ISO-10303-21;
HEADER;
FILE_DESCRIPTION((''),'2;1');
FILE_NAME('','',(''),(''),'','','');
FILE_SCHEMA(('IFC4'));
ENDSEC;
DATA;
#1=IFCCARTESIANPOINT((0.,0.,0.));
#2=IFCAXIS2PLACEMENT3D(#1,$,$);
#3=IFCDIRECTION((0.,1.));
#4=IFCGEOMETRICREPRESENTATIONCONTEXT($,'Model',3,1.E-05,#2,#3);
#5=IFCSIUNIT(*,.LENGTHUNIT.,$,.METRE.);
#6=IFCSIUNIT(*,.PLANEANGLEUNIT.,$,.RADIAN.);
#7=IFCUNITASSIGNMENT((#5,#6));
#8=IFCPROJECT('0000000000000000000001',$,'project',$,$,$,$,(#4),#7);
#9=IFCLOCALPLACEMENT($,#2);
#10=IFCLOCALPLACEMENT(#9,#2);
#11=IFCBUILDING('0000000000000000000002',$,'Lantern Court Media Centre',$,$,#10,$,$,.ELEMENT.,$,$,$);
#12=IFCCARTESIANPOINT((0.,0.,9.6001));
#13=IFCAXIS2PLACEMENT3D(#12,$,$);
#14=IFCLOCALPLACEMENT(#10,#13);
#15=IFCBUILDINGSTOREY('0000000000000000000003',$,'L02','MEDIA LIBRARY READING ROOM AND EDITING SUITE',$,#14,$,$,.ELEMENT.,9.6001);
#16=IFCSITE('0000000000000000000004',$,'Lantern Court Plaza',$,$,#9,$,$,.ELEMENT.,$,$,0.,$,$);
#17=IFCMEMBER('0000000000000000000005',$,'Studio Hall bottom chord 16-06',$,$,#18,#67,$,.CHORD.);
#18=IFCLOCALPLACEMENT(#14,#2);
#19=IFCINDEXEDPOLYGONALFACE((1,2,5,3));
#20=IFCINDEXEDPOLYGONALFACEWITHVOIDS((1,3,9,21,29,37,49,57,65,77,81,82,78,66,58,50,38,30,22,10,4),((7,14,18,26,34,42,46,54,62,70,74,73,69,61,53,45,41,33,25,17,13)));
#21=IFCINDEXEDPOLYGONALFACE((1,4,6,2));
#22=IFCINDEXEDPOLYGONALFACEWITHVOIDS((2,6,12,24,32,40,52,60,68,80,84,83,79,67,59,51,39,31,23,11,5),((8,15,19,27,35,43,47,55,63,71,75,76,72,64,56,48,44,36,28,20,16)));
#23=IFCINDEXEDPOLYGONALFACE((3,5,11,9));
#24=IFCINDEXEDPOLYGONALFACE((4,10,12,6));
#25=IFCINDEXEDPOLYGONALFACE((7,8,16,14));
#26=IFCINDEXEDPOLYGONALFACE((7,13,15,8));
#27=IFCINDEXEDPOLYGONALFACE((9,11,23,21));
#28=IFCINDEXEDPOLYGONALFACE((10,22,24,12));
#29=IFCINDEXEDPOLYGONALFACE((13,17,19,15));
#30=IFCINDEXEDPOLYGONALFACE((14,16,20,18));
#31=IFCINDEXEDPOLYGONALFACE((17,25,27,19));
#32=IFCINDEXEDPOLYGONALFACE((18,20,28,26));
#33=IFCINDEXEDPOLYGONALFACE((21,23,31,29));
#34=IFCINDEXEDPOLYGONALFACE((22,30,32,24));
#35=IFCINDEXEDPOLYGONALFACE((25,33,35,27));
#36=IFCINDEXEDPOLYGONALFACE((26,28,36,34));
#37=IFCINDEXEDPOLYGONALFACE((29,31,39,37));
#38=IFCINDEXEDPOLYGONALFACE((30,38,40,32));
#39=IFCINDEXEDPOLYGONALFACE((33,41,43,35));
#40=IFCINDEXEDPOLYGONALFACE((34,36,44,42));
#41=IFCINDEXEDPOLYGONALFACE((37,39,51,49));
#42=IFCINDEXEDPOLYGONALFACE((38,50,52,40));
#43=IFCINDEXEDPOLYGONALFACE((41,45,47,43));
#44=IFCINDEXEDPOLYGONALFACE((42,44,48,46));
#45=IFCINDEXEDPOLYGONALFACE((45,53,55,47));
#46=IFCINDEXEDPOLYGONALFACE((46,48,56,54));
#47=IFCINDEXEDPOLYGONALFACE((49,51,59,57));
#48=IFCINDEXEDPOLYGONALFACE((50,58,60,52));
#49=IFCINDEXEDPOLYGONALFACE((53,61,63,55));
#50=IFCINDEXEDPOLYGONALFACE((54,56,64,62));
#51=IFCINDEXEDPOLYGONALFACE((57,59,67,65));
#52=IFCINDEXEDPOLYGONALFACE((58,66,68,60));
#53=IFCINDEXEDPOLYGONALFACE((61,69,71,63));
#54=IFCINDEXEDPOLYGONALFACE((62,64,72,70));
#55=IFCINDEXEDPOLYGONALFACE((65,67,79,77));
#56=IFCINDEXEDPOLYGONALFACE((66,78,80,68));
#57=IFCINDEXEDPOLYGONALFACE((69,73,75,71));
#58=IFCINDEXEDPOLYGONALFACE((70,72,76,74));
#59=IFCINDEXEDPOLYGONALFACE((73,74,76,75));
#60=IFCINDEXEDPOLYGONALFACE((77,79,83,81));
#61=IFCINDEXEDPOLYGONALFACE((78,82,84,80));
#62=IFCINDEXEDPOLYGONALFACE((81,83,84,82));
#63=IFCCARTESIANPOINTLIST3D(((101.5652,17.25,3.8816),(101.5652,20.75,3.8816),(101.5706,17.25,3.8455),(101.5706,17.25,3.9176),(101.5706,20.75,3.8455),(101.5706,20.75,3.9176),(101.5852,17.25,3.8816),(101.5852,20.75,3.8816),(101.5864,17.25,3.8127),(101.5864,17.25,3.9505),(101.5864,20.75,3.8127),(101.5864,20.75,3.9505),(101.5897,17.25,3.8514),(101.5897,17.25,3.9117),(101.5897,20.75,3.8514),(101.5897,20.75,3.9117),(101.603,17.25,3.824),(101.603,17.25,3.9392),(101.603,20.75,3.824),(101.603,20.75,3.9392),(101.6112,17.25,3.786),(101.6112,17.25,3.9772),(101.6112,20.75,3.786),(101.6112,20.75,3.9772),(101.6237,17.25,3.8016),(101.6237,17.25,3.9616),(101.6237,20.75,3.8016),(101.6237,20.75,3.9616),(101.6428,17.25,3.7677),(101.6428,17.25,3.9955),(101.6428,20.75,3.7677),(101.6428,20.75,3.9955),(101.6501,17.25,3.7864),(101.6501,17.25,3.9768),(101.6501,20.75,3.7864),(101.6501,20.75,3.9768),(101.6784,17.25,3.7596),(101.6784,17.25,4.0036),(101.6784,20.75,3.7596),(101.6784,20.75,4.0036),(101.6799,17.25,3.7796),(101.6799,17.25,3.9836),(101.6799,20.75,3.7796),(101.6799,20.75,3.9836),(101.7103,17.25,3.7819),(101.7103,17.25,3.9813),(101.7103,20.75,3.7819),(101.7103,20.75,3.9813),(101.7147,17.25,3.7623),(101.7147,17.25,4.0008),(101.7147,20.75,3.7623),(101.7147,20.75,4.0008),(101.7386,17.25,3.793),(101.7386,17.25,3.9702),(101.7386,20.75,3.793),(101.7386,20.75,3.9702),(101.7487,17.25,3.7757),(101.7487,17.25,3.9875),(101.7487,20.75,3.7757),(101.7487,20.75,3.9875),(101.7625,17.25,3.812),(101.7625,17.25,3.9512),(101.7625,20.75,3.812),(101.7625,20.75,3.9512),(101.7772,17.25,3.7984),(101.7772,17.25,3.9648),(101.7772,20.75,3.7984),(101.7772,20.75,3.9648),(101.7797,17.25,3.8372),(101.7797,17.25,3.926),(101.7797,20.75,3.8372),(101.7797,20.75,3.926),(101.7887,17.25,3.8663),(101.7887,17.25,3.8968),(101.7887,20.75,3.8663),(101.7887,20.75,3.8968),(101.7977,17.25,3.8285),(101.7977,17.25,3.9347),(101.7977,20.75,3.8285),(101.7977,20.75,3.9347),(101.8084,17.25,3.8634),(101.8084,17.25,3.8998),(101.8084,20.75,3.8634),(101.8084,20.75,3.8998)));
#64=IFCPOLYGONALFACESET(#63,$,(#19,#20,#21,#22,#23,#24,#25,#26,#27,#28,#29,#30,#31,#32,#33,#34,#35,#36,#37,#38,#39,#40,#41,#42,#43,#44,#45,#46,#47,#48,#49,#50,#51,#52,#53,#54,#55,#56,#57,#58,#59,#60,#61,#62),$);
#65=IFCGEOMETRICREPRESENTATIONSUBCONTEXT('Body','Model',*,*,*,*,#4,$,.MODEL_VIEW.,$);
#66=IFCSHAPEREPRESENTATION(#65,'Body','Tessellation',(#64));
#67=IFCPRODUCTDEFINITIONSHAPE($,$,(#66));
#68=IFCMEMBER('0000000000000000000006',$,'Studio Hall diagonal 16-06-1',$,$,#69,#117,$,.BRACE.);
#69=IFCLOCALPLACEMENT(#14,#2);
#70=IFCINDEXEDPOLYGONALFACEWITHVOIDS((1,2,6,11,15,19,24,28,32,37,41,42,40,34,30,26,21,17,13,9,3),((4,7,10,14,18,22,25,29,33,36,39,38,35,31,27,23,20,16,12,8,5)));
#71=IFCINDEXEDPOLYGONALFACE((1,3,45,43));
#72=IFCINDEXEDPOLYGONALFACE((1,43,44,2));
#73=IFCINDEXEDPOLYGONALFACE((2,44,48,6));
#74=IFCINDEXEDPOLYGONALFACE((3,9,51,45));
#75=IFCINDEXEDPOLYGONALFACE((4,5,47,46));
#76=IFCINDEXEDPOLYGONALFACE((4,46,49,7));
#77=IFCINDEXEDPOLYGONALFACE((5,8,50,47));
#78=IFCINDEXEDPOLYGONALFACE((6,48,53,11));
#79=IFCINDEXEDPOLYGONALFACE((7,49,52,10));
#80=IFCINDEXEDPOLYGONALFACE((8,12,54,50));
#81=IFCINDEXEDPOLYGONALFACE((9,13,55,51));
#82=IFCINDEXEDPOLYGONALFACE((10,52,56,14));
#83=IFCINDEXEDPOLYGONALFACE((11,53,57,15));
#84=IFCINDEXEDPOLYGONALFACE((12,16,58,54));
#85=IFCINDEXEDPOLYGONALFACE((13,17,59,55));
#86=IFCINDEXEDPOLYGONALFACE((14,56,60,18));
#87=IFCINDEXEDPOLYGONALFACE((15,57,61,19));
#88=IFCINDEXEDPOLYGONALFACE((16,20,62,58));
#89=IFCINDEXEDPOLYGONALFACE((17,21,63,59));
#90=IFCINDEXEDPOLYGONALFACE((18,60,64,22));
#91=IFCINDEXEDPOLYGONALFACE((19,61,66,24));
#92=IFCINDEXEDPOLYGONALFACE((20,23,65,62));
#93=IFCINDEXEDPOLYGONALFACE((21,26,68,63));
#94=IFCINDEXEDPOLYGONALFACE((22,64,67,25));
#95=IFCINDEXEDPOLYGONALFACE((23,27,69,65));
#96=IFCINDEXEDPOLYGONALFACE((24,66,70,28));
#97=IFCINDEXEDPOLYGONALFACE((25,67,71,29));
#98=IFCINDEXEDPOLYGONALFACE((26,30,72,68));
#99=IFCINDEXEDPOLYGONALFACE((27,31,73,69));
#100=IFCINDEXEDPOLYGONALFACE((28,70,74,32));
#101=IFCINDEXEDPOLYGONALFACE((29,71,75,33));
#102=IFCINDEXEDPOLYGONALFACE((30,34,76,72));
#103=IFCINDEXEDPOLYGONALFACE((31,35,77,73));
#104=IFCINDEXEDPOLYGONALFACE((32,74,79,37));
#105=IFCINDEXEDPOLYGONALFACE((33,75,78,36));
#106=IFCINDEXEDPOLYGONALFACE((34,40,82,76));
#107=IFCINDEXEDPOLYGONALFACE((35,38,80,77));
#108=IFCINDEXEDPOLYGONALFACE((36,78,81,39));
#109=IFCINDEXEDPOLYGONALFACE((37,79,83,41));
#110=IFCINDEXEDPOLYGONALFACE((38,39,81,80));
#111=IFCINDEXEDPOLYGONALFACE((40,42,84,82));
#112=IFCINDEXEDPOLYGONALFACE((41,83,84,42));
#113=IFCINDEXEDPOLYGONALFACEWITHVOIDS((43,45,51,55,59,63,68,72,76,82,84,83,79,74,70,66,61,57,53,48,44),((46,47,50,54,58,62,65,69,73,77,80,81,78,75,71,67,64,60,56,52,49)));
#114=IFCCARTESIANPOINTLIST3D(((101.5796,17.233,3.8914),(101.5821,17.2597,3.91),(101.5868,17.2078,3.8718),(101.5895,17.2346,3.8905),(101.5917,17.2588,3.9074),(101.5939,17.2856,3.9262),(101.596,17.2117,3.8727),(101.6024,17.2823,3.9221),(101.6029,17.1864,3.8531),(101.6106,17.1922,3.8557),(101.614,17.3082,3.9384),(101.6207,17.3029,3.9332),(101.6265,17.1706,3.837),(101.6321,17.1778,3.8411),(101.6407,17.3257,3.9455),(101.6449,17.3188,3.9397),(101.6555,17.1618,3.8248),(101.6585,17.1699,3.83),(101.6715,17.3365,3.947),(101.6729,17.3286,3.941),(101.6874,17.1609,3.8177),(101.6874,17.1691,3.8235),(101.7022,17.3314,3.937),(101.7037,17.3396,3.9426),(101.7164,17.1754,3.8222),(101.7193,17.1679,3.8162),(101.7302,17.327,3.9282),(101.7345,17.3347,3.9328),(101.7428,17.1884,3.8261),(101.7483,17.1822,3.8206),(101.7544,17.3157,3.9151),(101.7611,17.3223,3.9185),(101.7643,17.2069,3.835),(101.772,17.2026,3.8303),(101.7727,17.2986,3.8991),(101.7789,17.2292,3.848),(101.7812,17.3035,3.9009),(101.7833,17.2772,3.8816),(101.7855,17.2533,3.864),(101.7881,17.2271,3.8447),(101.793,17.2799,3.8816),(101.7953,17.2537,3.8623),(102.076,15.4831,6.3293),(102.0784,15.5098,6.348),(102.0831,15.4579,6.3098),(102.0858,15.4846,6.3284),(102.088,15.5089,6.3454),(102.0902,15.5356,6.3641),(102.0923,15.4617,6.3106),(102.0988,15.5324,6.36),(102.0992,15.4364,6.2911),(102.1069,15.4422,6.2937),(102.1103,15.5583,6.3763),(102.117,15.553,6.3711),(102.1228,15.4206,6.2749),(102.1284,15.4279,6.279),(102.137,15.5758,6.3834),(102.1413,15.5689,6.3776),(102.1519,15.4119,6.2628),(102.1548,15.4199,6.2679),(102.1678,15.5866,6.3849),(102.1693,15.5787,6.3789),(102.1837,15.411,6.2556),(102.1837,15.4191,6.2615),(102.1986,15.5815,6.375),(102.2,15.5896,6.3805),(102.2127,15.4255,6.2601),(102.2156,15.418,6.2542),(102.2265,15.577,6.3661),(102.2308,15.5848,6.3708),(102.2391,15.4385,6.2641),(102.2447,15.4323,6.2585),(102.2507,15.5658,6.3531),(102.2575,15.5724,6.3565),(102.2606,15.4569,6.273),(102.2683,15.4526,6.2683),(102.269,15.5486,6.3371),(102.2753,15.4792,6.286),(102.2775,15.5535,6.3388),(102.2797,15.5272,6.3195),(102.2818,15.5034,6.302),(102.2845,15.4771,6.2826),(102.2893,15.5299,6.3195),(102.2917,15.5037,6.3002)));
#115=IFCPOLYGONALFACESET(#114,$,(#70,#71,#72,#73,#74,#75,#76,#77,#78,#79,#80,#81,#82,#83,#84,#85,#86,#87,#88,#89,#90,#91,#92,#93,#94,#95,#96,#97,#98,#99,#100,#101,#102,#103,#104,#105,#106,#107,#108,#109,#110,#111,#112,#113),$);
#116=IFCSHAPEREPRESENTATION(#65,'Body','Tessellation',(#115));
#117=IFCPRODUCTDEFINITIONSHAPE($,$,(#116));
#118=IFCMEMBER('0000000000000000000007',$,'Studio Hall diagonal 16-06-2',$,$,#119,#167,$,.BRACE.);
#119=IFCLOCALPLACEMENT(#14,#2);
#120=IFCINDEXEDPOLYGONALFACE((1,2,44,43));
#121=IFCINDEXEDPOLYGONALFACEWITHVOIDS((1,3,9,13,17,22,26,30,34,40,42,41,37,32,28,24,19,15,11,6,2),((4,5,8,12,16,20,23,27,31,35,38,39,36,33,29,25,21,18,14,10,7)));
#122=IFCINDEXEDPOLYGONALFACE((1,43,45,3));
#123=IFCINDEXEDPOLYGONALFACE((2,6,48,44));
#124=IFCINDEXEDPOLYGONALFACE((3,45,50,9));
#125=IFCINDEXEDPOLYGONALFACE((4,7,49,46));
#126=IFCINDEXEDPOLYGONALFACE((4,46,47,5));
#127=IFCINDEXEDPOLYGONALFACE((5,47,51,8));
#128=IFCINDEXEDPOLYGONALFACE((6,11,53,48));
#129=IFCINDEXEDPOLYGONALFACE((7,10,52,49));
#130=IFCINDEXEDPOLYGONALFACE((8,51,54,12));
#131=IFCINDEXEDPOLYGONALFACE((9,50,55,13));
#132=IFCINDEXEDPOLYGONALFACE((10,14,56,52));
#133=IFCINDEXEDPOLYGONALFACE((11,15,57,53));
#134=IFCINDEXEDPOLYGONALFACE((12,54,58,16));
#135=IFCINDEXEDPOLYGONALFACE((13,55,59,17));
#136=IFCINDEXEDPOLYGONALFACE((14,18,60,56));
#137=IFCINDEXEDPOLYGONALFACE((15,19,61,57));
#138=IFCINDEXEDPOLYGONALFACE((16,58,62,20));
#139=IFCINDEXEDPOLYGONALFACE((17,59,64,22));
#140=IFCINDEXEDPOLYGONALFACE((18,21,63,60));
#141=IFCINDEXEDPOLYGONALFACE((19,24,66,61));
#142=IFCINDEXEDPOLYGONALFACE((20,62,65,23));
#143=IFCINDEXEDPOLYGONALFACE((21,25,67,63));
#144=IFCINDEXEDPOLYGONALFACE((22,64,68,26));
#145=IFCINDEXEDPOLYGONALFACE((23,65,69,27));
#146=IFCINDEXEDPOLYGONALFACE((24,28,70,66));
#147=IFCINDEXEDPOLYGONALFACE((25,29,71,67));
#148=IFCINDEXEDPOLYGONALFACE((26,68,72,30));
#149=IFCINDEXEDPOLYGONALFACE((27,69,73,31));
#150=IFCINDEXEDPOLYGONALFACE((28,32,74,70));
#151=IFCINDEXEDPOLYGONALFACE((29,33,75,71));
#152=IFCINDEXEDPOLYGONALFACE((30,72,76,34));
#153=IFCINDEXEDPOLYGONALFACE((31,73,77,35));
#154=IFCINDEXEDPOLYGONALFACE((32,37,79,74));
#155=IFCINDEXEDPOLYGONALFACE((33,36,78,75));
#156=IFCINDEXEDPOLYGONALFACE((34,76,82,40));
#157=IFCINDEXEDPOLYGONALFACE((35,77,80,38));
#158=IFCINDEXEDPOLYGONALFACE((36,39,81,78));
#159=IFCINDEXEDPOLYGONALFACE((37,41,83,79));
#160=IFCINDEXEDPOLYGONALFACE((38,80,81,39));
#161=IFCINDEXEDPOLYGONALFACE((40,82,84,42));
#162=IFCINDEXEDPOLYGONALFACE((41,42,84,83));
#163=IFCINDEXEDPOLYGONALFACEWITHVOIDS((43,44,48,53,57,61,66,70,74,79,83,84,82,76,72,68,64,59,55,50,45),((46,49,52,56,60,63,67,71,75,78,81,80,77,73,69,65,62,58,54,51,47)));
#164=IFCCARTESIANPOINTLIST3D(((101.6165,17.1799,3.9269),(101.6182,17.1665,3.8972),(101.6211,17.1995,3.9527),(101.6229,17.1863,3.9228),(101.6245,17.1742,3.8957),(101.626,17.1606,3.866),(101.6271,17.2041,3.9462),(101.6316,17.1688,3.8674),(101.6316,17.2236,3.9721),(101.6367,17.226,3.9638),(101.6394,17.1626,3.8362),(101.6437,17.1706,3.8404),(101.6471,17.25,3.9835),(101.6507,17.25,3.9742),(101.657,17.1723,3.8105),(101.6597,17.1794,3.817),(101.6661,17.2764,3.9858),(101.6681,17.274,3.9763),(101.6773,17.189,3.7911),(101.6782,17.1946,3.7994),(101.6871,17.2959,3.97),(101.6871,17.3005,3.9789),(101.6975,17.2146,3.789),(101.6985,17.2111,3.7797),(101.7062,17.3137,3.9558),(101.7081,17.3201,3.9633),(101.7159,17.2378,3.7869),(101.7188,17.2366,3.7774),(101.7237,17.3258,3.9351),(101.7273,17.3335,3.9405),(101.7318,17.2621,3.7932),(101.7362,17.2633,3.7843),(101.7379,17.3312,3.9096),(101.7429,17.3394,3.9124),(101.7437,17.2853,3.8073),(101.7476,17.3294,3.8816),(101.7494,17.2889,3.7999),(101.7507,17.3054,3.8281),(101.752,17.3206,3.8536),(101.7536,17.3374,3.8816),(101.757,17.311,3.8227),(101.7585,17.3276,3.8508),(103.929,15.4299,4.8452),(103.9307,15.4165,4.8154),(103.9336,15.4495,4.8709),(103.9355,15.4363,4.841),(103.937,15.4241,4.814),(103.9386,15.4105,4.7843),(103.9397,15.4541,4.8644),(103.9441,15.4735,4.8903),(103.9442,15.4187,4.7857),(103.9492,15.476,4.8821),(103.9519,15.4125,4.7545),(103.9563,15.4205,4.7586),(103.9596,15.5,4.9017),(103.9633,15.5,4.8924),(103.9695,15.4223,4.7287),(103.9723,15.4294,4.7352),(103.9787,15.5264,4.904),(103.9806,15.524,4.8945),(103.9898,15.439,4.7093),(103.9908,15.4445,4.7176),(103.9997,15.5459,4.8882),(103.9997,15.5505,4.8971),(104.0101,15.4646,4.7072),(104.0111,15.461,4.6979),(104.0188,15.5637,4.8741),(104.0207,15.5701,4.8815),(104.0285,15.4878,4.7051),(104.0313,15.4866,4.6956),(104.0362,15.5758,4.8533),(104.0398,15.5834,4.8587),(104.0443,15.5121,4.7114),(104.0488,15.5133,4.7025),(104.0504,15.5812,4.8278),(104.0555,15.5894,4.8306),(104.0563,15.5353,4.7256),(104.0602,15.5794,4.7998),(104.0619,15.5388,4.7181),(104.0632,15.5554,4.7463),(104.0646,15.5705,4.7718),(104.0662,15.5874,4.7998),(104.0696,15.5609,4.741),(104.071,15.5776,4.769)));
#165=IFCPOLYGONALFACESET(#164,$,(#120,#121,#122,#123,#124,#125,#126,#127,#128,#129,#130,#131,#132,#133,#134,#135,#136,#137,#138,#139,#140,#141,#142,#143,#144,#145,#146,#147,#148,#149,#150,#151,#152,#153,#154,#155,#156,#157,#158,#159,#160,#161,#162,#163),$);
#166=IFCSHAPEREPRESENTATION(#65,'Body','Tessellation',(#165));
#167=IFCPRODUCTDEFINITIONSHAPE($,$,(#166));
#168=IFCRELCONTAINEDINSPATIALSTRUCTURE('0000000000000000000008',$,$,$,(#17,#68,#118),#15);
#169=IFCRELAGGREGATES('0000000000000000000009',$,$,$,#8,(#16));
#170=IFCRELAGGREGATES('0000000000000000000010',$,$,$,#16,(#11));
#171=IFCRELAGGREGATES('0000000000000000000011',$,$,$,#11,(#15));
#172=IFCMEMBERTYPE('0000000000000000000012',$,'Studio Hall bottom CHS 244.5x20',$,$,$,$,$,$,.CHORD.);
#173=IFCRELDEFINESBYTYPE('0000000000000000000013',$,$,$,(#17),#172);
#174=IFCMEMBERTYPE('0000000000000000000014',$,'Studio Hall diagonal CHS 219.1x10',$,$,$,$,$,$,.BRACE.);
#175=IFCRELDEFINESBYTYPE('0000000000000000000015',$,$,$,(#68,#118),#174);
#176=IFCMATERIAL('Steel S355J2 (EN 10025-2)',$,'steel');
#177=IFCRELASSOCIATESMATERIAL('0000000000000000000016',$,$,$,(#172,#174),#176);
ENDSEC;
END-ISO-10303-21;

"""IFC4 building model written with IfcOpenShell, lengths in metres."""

from ifc_helpers import new_model, si_unit, direction, frame, origin, origin_2d, place, context, subcontext, project, spatial, hollow_circle, extrude, material, material_profile, profile_set, type_object, element, save


model = new_model("IFC4")

# Units and contexts
model_context = context("Model", 3, precision=1e-05, world=origin(), true_north=direction((0.0, 1.0)))
body_context = subcontext(model_context, "Body", "Model", "MODEL_VIEW")
ifc_project = project(units=[si_unit("LENGTHUNIT", "METRE"), si_unit("PLANEANGLEUNIT", "RADIAN")], contexts=[model_context])

# Site, building, storey
site_placement = place(None, origin())
site = spatial("IfcSite", under=ifc_project, at=site_placement, Name="Lantern Court Plaza", CompositionType="ELEMENT", RefElevation=0.0)
building_placement = place(site_placement, origin())
building = spatial("IfcBuilding", under=site, at=building_placement, Name="Lantern Court Media Centre", CompositionType="ELEMENT")
storey_placement = place(building_placement, frame((0.0, 0.0, 9.6001)))
storey = spatial("IfcBuildingStorey", under=building, at=storey_placement, Name="L02", Description="MEDIA LIBRARY READING ROOM AND EDITING SUITE", CompositionType="ELEMENT", Elevation=9.6001)

# Shared definitions
ifc_material_1 = material(Name="Steel S355J2 (EN 10025-2)", Category="steel")

# Members
ifc_material_profile_1 = material_profile(ifc_material_1, hollow_circle(Radius=0.1223, WallThickness=0.02, at=origin_2d()), Name="Studio Hall bottom CHS 244.5x20")
ifc_profile_set_1 = profile_set([ifc_material_profile_1], Name="Steel S355J2 (EN 10025-2)")
member_type_1 = type_object("IfcMemberType", Name="Studio Hall bottom CHS 244.5x20", PredefinedType="CHORD", material=ifc_profile_set_1)
member_1_placement = place(storey_placement, frame((101.6875, 17.25, 3.8816), z_axis=(0.0, 1.0, 0.0), x_axis=(-1.0, 0.0, 0.0)))
element("IfcMember", 1, at=member_1_placement, inside=storey, type_object=member_type_1, Name="Studio Hall bottom chord 16-06", PredefinedType="CHORD", context=body_context, shape_type="SweptSolid", body=[
    extrude(hollow_circle(Radius=0.1223, WallThickness=0.02, at=origin_2d()), origin(), (0.0, 0.0, 1.0), 3.5),
])
ifc_material_profile_2 = material_profile(ifc_material_1, hollow_circle(Radius=0.1096, WallThickness=0.01, at=origin_2d()), Name="Studio Hall diagonal CHS 219.1x10")
ifc_profile_set_2 = profile_set([ifc_material_profile_2], Name="Steel S355J2 (EN 10025-2)")
member_type_2 = type_object("IfcMemberType", Name="Studio Hall diagonal CHS 219.1x10", PredefinedType="BRACE", material=ifc_profile_set_2)
member_2_placement = place(storey_placement, frame((101.6875, 17.25, 3.8816), z_axis=(0.163172, -0.575314, 0.801491), x_axis=(0.962054, 0.272859, 0.0)))
element("IfcMember", 2, at=member_2_placement, inside=storey, type_object=member_type_2, Name="Studio Hall diagonal 16-06-1", PredefinedType="BRACE", context=body_context, shape_type="SweptSolid", body=[
    extrude(hollow_circle(Radius=0.1096, WallThickness=0.01, at=origin_2d()), origin(), (0.0, 0.0, 1.0), 3.0417),
])
for number, where, z_axis, x_axis, name in (
    (3, (101.6875, 17.25, 3.8816), (0.760211, -0.575295, 0.301853), (0.603443, 0.797406, 0.0), "Studio Hall diagonal 16-06-2"),
):
    element("IfcMember", number, at=place(storey_placement, frame(where, z_axis=z_axis, x_axis=x_axis)), inside=storey, type_object=member_type_2, Name=name, PredefinedType="BRACE", context=body_context, shape_type="SweptSolid", body=[
        extrude(hollow_circle(Radius=0.1096, WallThickness=0.01, at=origin_2d()), origin(), (0.0, 0.0, 1.0), 3.042),
    ])

save(model, "model.ifc")
